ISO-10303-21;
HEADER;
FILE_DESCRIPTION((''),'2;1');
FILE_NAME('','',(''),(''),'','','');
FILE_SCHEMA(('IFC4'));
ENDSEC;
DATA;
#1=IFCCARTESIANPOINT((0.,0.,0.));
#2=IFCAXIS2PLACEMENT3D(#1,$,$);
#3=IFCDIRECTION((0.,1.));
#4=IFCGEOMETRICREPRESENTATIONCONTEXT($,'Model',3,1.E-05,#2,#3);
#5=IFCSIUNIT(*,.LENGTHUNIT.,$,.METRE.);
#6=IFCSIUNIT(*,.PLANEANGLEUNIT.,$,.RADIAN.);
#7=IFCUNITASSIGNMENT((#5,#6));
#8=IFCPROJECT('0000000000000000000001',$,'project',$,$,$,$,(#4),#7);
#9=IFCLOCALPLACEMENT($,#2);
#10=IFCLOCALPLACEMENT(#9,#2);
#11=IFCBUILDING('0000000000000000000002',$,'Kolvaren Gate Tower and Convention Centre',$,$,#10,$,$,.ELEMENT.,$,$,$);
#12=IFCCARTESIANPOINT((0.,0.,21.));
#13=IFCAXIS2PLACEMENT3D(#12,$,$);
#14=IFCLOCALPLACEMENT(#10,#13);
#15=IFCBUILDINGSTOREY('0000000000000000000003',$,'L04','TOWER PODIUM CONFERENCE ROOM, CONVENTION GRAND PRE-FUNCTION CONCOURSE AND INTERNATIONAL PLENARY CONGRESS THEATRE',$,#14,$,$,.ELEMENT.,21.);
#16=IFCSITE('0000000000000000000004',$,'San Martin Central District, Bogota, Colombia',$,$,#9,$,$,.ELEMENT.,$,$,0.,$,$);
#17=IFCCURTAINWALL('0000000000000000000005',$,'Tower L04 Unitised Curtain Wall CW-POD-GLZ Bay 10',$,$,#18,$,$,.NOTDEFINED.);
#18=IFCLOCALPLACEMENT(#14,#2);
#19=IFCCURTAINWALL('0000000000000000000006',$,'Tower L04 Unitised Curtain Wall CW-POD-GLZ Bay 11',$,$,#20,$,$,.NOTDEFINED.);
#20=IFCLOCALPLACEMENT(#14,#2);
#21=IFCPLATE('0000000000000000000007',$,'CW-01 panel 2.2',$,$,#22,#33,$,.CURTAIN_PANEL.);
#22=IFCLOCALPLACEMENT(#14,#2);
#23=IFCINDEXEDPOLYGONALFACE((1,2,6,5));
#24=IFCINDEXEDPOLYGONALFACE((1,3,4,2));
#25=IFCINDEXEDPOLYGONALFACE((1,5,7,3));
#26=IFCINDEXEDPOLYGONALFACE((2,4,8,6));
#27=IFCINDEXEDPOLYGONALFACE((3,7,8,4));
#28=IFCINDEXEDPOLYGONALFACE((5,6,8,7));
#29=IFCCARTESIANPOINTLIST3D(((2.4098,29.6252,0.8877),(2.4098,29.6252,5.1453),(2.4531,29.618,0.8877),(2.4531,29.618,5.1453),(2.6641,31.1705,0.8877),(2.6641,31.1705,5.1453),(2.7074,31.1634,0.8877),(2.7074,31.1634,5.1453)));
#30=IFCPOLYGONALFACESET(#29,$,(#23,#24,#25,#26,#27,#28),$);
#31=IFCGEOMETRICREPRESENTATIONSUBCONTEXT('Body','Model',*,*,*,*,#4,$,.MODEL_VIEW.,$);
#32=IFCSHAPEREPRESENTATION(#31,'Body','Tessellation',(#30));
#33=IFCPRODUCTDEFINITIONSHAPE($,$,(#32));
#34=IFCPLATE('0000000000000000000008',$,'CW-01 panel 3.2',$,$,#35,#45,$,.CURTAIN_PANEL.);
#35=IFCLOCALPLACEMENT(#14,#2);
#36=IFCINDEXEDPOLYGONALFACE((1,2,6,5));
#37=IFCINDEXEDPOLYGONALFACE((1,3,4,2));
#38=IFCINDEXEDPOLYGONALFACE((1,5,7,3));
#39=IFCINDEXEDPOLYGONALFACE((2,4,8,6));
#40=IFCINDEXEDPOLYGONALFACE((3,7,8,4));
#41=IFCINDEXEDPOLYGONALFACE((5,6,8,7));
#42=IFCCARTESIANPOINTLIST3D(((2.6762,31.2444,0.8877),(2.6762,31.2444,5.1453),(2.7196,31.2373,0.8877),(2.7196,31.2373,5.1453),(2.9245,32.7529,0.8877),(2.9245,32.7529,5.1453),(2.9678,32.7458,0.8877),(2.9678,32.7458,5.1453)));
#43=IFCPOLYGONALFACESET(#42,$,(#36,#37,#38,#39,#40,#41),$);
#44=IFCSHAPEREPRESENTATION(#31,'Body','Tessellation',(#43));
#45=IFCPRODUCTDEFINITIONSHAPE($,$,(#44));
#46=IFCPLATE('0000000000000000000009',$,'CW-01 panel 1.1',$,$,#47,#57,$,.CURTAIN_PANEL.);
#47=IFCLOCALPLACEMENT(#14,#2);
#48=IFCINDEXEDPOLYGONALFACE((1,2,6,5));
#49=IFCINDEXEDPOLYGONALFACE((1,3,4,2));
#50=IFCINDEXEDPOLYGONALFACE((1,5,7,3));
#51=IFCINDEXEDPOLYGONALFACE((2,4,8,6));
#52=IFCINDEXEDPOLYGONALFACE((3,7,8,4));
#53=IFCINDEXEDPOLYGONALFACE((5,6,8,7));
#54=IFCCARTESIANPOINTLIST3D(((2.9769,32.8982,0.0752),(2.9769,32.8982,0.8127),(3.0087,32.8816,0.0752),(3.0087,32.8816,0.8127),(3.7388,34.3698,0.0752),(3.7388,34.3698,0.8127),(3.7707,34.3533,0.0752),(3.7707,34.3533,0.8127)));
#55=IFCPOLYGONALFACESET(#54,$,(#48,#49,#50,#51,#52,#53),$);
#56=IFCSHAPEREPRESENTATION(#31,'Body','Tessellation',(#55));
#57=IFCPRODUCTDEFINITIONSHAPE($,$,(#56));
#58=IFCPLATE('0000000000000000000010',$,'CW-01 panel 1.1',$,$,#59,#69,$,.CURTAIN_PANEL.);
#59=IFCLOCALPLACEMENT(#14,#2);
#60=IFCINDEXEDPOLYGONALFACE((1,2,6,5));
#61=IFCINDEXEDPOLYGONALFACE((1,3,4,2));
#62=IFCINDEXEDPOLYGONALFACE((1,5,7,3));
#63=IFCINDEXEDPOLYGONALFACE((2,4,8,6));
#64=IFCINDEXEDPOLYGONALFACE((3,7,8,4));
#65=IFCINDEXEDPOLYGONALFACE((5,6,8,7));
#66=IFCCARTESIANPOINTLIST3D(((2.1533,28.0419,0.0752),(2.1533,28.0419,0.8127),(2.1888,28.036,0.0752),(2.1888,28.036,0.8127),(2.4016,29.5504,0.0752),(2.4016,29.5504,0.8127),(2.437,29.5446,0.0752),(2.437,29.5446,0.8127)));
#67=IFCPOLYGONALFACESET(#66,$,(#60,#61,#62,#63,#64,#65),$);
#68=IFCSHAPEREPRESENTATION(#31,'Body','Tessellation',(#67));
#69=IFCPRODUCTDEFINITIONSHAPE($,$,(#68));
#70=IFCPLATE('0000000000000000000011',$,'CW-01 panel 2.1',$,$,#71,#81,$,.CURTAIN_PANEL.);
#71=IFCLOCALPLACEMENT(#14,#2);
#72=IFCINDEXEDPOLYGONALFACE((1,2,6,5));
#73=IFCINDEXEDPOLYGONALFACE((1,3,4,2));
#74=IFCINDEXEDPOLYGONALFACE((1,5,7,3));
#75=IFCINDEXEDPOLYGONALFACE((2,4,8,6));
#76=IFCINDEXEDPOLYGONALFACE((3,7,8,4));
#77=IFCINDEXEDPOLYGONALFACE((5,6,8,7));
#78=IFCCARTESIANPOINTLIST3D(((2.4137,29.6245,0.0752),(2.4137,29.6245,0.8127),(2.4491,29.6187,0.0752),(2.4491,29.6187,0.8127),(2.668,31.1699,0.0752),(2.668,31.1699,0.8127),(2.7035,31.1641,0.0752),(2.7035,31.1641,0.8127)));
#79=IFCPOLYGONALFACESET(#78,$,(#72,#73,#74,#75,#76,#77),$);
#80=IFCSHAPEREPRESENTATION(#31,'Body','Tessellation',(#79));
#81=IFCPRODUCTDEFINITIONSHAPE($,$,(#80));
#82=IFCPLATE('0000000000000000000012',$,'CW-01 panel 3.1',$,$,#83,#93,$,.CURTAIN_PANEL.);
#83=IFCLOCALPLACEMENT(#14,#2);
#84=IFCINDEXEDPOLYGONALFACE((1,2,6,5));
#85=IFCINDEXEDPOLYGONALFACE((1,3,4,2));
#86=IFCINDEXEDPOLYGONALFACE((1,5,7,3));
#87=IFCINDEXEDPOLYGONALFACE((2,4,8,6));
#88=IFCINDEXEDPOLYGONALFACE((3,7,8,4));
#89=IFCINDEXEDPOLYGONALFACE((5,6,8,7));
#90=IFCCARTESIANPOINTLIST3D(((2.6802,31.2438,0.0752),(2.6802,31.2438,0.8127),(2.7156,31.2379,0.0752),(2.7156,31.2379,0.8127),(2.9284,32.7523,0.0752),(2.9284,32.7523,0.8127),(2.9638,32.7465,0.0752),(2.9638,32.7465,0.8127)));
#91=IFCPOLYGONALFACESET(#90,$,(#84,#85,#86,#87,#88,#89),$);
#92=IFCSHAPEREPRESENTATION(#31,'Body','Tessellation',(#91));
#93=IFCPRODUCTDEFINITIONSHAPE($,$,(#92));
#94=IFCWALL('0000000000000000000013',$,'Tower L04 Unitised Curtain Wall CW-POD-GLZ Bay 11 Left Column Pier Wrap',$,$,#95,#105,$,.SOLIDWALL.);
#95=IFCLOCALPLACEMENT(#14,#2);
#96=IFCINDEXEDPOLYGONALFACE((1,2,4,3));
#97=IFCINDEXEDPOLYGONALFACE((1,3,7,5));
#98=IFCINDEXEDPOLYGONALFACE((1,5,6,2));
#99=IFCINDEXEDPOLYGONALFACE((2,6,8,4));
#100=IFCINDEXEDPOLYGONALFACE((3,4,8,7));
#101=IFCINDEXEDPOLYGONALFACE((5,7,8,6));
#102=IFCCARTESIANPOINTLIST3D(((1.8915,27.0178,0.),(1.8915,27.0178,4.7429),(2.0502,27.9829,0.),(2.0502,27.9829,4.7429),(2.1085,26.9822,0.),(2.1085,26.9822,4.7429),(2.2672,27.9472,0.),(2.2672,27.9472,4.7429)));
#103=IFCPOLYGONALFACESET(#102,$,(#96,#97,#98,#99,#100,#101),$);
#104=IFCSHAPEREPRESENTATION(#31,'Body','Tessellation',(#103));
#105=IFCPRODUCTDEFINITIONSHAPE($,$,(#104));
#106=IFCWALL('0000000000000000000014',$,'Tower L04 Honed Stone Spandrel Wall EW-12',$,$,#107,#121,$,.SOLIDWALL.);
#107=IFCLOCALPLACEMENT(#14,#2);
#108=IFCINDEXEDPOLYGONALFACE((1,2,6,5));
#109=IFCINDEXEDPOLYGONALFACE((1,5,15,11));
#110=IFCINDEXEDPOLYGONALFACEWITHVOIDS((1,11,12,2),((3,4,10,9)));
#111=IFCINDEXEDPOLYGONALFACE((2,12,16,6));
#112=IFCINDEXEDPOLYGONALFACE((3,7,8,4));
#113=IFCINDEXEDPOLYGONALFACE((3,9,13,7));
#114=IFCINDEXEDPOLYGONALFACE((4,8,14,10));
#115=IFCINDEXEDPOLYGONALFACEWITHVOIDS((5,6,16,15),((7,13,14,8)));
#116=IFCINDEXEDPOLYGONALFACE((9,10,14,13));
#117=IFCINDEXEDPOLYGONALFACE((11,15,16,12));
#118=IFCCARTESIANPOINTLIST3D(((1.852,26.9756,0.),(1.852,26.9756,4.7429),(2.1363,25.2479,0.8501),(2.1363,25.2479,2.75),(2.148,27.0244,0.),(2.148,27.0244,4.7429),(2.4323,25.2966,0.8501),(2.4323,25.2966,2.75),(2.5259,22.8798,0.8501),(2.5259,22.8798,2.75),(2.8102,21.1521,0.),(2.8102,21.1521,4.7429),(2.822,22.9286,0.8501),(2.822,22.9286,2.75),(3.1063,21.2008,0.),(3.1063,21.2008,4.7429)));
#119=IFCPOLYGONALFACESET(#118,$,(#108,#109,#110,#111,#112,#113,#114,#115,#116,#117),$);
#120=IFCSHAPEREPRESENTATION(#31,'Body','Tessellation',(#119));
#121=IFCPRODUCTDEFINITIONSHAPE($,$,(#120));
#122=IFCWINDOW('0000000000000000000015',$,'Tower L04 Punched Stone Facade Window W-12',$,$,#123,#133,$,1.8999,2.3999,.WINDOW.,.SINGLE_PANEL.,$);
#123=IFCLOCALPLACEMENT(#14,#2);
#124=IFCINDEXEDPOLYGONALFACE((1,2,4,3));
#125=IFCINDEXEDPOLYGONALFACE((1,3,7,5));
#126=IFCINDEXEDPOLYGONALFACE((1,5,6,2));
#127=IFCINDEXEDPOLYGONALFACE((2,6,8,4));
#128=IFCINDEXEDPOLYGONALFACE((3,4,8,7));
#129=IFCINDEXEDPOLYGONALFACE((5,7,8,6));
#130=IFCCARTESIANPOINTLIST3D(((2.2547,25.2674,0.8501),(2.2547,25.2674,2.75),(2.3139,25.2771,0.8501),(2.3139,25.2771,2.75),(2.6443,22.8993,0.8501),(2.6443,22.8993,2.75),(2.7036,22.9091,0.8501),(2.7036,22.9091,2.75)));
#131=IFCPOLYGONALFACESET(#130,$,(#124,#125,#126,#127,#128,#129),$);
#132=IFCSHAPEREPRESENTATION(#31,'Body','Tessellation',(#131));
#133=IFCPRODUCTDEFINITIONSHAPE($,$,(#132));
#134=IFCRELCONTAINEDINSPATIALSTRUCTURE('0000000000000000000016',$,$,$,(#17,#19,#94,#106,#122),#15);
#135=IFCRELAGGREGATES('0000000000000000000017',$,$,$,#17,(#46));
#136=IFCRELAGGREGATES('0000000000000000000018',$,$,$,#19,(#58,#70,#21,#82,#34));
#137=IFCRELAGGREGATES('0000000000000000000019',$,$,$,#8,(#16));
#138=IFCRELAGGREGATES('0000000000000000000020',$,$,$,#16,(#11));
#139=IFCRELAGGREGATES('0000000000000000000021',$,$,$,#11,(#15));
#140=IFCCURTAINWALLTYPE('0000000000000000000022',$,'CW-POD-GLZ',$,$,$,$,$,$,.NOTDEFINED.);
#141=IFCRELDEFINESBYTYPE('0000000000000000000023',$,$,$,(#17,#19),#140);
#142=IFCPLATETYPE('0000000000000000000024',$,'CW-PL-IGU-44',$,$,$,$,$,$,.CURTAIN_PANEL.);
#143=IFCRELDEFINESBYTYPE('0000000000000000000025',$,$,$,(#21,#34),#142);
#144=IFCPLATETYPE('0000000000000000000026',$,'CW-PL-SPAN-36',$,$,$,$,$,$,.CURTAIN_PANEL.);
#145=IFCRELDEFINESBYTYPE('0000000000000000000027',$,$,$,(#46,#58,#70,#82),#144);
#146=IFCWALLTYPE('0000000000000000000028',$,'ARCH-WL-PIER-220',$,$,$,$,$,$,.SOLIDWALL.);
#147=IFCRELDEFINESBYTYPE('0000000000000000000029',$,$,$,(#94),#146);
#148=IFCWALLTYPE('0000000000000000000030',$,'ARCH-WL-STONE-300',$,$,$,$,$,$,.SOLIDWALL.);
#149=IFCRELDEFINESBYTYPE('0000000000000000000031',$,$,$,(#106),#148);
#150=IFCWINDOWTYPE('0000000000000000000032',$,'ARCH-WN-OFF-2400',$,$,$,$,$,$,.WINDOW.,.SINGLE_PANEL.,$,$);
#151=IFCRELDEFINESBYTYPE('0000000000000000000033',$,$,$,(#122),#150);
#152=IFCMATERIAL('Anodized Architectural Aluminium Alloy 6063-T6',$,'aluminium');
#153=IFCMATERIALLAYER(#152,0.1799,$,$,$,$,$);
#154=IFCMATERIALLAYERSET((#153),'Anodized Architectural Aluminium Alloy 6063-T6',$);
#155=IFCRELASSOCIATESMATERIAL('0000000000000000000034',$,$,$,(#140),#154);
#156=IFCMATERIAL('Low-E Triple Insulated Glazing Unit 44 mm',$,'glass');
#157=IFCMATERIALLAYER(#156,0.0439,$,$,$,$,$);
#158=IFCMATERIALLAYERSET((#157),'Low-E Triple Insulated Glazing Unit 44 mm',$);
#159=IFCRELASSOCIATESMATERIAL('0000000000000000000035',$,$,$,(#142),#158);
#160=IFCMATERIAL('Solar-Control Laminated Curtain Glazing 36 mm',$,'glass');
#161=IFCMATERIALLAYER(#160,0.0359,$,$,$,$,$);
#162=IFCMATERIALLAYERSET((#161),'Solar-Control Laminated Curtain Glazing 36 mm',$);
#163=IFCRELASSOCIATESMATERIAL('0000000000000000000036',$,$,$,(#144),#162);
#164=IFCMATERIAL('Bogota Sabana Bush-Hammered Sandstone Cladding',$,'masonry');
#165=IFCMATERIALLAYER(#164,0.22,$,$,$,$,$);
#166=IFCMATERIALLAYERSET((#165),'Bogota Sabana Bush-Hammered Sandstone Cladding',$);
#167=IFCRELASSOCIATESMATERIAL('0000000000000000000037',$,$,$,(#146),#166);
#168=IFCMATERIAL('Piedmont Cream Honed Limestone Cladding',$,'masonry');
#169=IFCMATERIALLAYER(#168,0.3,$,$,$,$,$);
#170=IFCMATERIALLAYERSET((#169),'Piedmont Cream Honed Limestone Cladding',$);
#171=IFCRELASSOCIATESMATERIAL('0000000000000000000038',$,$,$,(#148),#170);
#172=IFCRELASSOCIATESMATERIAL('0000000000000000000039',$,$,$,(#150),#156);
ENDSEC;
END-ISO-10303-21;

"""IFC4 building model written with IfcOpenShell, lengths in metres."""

from ifc_helpers import new_model, si_unit, direction, frame, frame_2d, origin, origin_2d, place, context, subcontext, project, spatial, rectangle, extrude, material, layer, layer_set, type_object, element, fill, aggregate, save


model = new_model("IFC4")

# Units and contexts
model_context = context("Model", 3, precision=1e-05, world=origin(), true_north=direction((0.0, 1.0)))
body_context = subcontext(model_context, "Body", "Model", "MODEL_VIEW")
ifc_project = project(units=[si_unit("LENGTHUNIT", "METRE"), si_unit("PLANEANGLEUNIT", "RADIAN")], contexts=[model_context])

# Site, building, storey
site_placement = place(None, origin())
site = spatial("IfcSite", under=ifc_project, at=site_placement, Name="San Martin Central District, Bogota, Colombia", CompositionType="ELEMENT", RefElevation=0.0)
building_placement = place(site_placement, origin())
building = spatial("IfcBuilding", under=site, at=building_placement, Name="Kolvaren Gate Tower and Convention Centre", CompositionType="ELEMENT")
storey_placement = place(building_placement, frame((0.0, 0.0, 21.0)))
storey = spatial("IfcBuildingStorey", under=building, at=storey_placement, Name="L04", Description="TOWER PODIUM CONFERENCE ROOM, CONVENTION GRAND PRE-FUNCTION CONCOURSE AND INTERNATIONAL PLENARY CONGRESS THEATRE", CompositionType="ELEMENT", Elevation=21.0)

# Curtain walls
ifc_material_1 = material(Name="Anodized Architectural Aluminium Alloy 6063-T6", Category="aluminium")
ifc_layer_1 = layer(ifc_material_1, 0.1799)
ifc_layer_set_1 = layer_set([ifc_layer_1], Name="Anodized Architectural Aluminium Alloy 6063-T6")
curtain_wall_type = type_object("IfcCurtainWallType", Name="CW-POD-GLZ", PredefinedType="NOTDEFINED", material=ifc_layer_set_1)
curtain_wall_1_placement = place(storey_placement, origin())
curtain_wall_1 = element("IfcCurtainWall", 1, at=curtain_wall_1_placement, inside=storey, type_object=curtain_wall_type, Name="Tower L04 Unitised Curtain Wall CW-POD-GLZ Bay 10", PredefinedType="NOTDEFINED")
curtain_wall_2_placement = place(storey_placement, origin())
curtain_wall_2 = element("IfcCurtainWall", 2, at=curtain_wall_2_placement, inside=storey, type_object=curtain_wall_type, Name="Tower L04 Unitised Curtain Wall CW-POD-GLZ Bay 11", PredefinedType="NOTDEFINED")

# Plates
ifc_material_2 = material(Name="Low-E Triple Insulated Glazing Unit 44 mm", Category="glass")
ifc_layer_2 = layer(ifc_material_2, 0.0439)
ifc_layer_set_2 = layer_set([ifc_layer_2], Name="Low-E Triple Insulated Glazing Unit 44 mm")
plate_type_1 = type_object("IfcPlateType", Name="CW-PL-IGU-44", PredefinedType="CURTAIN_PANEL", material=ifc_layer_set_2)
plate_1_placement = place(storey_placement, frame((2.5586, 30.3943, 0.8877), z_axis=(0.0, 0.0, 1.0), x_axis=(0.162376, 0.986729, 0.0)))
plate_1 = element("IfcPlate", 3, at=plate_1_placement, type_object=plate_type_1, Name="CW-01 panel 2.2", PredefinedType="CURTAIN_PANEL", context=body_context, shape_type="SweptSolid", body=[
    extrude(rectangle(XDim=1.5662, YDim=0.0439, at=origin_2d()), origin(), (0.0, 0.0, 1.0), 4.2576),
])
plate_2_placement = place(storey_placement, frame((2.822, 31.9951, 0.8877), z_axis=(0.0, 0.0, 1.0), x_axis=(0.162376, 0.986729, 0.0)))
plate_2 = element("IfcPlate", 4, at=plate_2_placement, type_object=plate_type_1, Name="CW-01 panel 3.2", PredefinedType="CURTAIN_PANEL", context=body_context, shape_type="SweptSolid", body=[
    extrude(rectangle(XDim=1.5288, YDim=0.0439, at=origin_2d()), origin(), (0.0, 0.0, 1.0), 4.2576),
])
ifc_material_3 = material(Name="Solar-Control Laminated Curtain Glazing 36 mm", Category="glass")
ifc_layer_3 = layer(ifc_material_3, 0.0359)
ifc_layer_set_3 = layer_set([ifc_layer_3], Name="Solar-Control Laminated Curtain Glazing 36 mm")
plate_type_2 = type_object("IfcPlateType", Name="CW-PL-SPAN-36", PredefinedType="CURTAIN_PANEL", material=ifc_layer_set_3)
plate_3_placement = place(storey_placement, frame((3.3738, 33.6257, 0.0752), z_axis=(0.0, 0.0, 1.0), x_axis=(0.459789, 0.888028, 0.0)))
plate_3 = element("IfcPlate", 5, at=plate_3_placement, type_object=plate_type_2, Name="CW-01 panel 1.1", PredefinedType="CURTAIN_PANEL", context=body_context, shape_type="SweptSolid", body=[
    extrude(rectangle(XDim=1.6572, YDim=0.0359, at=origin_2d()), origin(), (0.0, 0.0, 1.0), 0.7375),
])
aggregate(curtain_wall_1, [plate_3])
plate_4_placement = place(storey_placement, frame((2.2952, 28.7932, 0.0752), z_axis=(0.0, 0.0, 1.0), x_axis=(0.162376, 0.986729, 0.0)))
plate_4 = element("IfcPlate", 6, at=plate_4_placement, type_object=plate_type_2, Name="CW-01 panel 1.1", PredefinedType="CURTAIN_PANEL", context=body_context, shape_type="SweptSolid", body=[
    extrude(rectangle(XDim=1.5288, YDim=0.0359, at=origin_2d()), origin(), (0.0, 0.0, 1.0), 0.7375),
])
plate_5_placement = place(storey_placement, frame((2.5586, 30.3943, 0.0752), z_axis=(0.0, 0.0, 1.0), x_axis=(0.162376, 0.986729, 0.0)))
plate_5 = element("IfcPlate", 7, at=plate_5_placement, type_object=plate_type_2, Name="CW-01 panel 2.1", PredefinedType="CURTAIN_PANEL", context=body_context, shape_type="SweptSolid", body=[
    extrude(rectangle(XDim=1.5662, YDim=0.0359, at=origin_2d()), origin(), (0.0, 0.0, 1.0), 0.7375),
])
plate_6_placement = place(storey_placement, frame((2.822, 31.9951, 0.0752), z_axis=(0.0, 0.0, 1.0), x_axis=(0.162376, 0.986729, 0.0)))
plate_6 = element("IfcPlate", 8, at=plate_6_placement, type_object=plate_type_2, Name="CW-01 panel 3.1", PredefinedType="CURTAIN_PANEL", context=body_context, shape_type="SweptSolid", body=[
    extrude(rectangle(XDim=1.5288, YDim=0.0359, at=origin_2d()), origin(), (0.0, 0.0, 1.0), 0.7375),
])
aggregate(curtain_wall_2, [plate_4, plate_5, plate_1, plate_6, plate_2])

# Wall
ifc_material_4 = material(Name="Bogota Sabana Bush-Hammered Sandstone Cladding", Category="masonry")
ifc_layer_4 = layer(ifc_material_4, 0.22)
ifc_layer_set_4 = layer_set([ifc_layer_4], Name="Bogota Sabana Bush-Hammered Sandstone Cladding")
wall_type_1 = type_object("IfcWallType", Name="ARCH-WL-PIER-220", PredefinedType="SOLIDWALL", material=ifc_layer_set_4)
wall_1_placement = place(storey_placement, frame((2.0, 27.0, 0.0), z_axis=(0.0, 0.0, 1.0), x_axis=(0.162253, 0.986749, 0.0)))
element("IfcWall", 9, at=wall_1_placement, inside=storey, type_object=wall_type_1, Name="Tower L04 Unitised Curtain Wall CW-POD-GLZ Bay 11 Left Column Pier Wrap", PredefinedType="SOLIDWALL", context=body_context, shape_type="SweptSolid", body=[
    extrude(rectangle(XDim=0.978, YDim=0.22, at=frame_2d((0.489, 0.0))), origin(), (0.0, 0.0, 1.0), 4.7429),
])

# Wall, opening, window
ifc_material_5 = material(Name="Piedmont Cream Honed Limestone Cladding", Category="masonry")
ifc_layer_5 = layer(ifc_material_5, 0.3)
ifc_layer_set_5 = layer_set([ifc_layer_5], Name="Piedmont Cream Honed Limestone Cladding")
wall_type_2 = type_object("IfcWallType", Name="ARCH-WL-STONE-300", PredefinedType="SOLIDWALL", material=ifc_layer_set_5)
wall_2_placement = place(storey_placement, frame((2.0, 27.0, 0.0), z_axis=(0.0, 0.0, 1.0), x_axis=(0.162366, -0.986731, 0.0)))
wall_2 = element("IfcWall", 10, at=wall_2_placement, inside=storey, type_object=wall_type_2, Name="Tower L04 Honed Stone Spandrel Wall EW-12", PredefinedType="SOLIDWALL", context=body_context, shape_type="SweptSolid", body=[
    extrude(rectangle(XDim=5.9019, YDim=0.3, at=frame_2d((2.9509, 0.0))), origin(), (0.0, 0.0, 1.0), 4.7429),
])
opening_placement = place(wall_2_placement, frame((1.751, 0.0, 0.8501)))
opening = element("IfcOpeningElement", 11, at=opening_placement, cuts=wall_2, PredefinedType="OPENING", context=body_context, shape_type="SweptSolid", body=[
    extrude(rectangle(XDim=2.3999, YDim=1.8999, at=frame_2d((1.2, 0.95))), frame((0.0, 0.1599, 0.0), z_axis=(0.0, -1.0, 0.0), x_axis=(1.0, 0.0, 0.0)), (0.0, 0.0, 1.0), 0.3201),
])
window_type = type_object("IfcWindowType", Name="ARCH-WN-OFF-2400", PartitioningType="SINGLE_PANEL", PredefinedType="WINDOW", material=ifc_material_2)
window_placement = place(opening_placement, origin())
window = element("IfcWindow", 12, at=window_placement, inside=storey, type_object=window_type, Name="Tower L04 Punched Stone Facade Window W-12", OverallHeight=1.8999, OverallWidth=2.3999, PartitioningType="SINGLE_PANEL", PredefinedType="WINDOW", context=body_context, shape_type="SweptSolid", body=[
    extrude(rectangle(XDim=2.3999, YDim=1.8999, at=frame_2d((1.2, 0.95))), frame((0.0, 0.03, 0.0), z_axis=(0.0, -1.0, 0.0), x_axis=(1.0, 0.0, 0.0)), (0.0, 0.0, 1.0), 0.0601),
])
fill(opening, window)

save(model, "model.ifc")
